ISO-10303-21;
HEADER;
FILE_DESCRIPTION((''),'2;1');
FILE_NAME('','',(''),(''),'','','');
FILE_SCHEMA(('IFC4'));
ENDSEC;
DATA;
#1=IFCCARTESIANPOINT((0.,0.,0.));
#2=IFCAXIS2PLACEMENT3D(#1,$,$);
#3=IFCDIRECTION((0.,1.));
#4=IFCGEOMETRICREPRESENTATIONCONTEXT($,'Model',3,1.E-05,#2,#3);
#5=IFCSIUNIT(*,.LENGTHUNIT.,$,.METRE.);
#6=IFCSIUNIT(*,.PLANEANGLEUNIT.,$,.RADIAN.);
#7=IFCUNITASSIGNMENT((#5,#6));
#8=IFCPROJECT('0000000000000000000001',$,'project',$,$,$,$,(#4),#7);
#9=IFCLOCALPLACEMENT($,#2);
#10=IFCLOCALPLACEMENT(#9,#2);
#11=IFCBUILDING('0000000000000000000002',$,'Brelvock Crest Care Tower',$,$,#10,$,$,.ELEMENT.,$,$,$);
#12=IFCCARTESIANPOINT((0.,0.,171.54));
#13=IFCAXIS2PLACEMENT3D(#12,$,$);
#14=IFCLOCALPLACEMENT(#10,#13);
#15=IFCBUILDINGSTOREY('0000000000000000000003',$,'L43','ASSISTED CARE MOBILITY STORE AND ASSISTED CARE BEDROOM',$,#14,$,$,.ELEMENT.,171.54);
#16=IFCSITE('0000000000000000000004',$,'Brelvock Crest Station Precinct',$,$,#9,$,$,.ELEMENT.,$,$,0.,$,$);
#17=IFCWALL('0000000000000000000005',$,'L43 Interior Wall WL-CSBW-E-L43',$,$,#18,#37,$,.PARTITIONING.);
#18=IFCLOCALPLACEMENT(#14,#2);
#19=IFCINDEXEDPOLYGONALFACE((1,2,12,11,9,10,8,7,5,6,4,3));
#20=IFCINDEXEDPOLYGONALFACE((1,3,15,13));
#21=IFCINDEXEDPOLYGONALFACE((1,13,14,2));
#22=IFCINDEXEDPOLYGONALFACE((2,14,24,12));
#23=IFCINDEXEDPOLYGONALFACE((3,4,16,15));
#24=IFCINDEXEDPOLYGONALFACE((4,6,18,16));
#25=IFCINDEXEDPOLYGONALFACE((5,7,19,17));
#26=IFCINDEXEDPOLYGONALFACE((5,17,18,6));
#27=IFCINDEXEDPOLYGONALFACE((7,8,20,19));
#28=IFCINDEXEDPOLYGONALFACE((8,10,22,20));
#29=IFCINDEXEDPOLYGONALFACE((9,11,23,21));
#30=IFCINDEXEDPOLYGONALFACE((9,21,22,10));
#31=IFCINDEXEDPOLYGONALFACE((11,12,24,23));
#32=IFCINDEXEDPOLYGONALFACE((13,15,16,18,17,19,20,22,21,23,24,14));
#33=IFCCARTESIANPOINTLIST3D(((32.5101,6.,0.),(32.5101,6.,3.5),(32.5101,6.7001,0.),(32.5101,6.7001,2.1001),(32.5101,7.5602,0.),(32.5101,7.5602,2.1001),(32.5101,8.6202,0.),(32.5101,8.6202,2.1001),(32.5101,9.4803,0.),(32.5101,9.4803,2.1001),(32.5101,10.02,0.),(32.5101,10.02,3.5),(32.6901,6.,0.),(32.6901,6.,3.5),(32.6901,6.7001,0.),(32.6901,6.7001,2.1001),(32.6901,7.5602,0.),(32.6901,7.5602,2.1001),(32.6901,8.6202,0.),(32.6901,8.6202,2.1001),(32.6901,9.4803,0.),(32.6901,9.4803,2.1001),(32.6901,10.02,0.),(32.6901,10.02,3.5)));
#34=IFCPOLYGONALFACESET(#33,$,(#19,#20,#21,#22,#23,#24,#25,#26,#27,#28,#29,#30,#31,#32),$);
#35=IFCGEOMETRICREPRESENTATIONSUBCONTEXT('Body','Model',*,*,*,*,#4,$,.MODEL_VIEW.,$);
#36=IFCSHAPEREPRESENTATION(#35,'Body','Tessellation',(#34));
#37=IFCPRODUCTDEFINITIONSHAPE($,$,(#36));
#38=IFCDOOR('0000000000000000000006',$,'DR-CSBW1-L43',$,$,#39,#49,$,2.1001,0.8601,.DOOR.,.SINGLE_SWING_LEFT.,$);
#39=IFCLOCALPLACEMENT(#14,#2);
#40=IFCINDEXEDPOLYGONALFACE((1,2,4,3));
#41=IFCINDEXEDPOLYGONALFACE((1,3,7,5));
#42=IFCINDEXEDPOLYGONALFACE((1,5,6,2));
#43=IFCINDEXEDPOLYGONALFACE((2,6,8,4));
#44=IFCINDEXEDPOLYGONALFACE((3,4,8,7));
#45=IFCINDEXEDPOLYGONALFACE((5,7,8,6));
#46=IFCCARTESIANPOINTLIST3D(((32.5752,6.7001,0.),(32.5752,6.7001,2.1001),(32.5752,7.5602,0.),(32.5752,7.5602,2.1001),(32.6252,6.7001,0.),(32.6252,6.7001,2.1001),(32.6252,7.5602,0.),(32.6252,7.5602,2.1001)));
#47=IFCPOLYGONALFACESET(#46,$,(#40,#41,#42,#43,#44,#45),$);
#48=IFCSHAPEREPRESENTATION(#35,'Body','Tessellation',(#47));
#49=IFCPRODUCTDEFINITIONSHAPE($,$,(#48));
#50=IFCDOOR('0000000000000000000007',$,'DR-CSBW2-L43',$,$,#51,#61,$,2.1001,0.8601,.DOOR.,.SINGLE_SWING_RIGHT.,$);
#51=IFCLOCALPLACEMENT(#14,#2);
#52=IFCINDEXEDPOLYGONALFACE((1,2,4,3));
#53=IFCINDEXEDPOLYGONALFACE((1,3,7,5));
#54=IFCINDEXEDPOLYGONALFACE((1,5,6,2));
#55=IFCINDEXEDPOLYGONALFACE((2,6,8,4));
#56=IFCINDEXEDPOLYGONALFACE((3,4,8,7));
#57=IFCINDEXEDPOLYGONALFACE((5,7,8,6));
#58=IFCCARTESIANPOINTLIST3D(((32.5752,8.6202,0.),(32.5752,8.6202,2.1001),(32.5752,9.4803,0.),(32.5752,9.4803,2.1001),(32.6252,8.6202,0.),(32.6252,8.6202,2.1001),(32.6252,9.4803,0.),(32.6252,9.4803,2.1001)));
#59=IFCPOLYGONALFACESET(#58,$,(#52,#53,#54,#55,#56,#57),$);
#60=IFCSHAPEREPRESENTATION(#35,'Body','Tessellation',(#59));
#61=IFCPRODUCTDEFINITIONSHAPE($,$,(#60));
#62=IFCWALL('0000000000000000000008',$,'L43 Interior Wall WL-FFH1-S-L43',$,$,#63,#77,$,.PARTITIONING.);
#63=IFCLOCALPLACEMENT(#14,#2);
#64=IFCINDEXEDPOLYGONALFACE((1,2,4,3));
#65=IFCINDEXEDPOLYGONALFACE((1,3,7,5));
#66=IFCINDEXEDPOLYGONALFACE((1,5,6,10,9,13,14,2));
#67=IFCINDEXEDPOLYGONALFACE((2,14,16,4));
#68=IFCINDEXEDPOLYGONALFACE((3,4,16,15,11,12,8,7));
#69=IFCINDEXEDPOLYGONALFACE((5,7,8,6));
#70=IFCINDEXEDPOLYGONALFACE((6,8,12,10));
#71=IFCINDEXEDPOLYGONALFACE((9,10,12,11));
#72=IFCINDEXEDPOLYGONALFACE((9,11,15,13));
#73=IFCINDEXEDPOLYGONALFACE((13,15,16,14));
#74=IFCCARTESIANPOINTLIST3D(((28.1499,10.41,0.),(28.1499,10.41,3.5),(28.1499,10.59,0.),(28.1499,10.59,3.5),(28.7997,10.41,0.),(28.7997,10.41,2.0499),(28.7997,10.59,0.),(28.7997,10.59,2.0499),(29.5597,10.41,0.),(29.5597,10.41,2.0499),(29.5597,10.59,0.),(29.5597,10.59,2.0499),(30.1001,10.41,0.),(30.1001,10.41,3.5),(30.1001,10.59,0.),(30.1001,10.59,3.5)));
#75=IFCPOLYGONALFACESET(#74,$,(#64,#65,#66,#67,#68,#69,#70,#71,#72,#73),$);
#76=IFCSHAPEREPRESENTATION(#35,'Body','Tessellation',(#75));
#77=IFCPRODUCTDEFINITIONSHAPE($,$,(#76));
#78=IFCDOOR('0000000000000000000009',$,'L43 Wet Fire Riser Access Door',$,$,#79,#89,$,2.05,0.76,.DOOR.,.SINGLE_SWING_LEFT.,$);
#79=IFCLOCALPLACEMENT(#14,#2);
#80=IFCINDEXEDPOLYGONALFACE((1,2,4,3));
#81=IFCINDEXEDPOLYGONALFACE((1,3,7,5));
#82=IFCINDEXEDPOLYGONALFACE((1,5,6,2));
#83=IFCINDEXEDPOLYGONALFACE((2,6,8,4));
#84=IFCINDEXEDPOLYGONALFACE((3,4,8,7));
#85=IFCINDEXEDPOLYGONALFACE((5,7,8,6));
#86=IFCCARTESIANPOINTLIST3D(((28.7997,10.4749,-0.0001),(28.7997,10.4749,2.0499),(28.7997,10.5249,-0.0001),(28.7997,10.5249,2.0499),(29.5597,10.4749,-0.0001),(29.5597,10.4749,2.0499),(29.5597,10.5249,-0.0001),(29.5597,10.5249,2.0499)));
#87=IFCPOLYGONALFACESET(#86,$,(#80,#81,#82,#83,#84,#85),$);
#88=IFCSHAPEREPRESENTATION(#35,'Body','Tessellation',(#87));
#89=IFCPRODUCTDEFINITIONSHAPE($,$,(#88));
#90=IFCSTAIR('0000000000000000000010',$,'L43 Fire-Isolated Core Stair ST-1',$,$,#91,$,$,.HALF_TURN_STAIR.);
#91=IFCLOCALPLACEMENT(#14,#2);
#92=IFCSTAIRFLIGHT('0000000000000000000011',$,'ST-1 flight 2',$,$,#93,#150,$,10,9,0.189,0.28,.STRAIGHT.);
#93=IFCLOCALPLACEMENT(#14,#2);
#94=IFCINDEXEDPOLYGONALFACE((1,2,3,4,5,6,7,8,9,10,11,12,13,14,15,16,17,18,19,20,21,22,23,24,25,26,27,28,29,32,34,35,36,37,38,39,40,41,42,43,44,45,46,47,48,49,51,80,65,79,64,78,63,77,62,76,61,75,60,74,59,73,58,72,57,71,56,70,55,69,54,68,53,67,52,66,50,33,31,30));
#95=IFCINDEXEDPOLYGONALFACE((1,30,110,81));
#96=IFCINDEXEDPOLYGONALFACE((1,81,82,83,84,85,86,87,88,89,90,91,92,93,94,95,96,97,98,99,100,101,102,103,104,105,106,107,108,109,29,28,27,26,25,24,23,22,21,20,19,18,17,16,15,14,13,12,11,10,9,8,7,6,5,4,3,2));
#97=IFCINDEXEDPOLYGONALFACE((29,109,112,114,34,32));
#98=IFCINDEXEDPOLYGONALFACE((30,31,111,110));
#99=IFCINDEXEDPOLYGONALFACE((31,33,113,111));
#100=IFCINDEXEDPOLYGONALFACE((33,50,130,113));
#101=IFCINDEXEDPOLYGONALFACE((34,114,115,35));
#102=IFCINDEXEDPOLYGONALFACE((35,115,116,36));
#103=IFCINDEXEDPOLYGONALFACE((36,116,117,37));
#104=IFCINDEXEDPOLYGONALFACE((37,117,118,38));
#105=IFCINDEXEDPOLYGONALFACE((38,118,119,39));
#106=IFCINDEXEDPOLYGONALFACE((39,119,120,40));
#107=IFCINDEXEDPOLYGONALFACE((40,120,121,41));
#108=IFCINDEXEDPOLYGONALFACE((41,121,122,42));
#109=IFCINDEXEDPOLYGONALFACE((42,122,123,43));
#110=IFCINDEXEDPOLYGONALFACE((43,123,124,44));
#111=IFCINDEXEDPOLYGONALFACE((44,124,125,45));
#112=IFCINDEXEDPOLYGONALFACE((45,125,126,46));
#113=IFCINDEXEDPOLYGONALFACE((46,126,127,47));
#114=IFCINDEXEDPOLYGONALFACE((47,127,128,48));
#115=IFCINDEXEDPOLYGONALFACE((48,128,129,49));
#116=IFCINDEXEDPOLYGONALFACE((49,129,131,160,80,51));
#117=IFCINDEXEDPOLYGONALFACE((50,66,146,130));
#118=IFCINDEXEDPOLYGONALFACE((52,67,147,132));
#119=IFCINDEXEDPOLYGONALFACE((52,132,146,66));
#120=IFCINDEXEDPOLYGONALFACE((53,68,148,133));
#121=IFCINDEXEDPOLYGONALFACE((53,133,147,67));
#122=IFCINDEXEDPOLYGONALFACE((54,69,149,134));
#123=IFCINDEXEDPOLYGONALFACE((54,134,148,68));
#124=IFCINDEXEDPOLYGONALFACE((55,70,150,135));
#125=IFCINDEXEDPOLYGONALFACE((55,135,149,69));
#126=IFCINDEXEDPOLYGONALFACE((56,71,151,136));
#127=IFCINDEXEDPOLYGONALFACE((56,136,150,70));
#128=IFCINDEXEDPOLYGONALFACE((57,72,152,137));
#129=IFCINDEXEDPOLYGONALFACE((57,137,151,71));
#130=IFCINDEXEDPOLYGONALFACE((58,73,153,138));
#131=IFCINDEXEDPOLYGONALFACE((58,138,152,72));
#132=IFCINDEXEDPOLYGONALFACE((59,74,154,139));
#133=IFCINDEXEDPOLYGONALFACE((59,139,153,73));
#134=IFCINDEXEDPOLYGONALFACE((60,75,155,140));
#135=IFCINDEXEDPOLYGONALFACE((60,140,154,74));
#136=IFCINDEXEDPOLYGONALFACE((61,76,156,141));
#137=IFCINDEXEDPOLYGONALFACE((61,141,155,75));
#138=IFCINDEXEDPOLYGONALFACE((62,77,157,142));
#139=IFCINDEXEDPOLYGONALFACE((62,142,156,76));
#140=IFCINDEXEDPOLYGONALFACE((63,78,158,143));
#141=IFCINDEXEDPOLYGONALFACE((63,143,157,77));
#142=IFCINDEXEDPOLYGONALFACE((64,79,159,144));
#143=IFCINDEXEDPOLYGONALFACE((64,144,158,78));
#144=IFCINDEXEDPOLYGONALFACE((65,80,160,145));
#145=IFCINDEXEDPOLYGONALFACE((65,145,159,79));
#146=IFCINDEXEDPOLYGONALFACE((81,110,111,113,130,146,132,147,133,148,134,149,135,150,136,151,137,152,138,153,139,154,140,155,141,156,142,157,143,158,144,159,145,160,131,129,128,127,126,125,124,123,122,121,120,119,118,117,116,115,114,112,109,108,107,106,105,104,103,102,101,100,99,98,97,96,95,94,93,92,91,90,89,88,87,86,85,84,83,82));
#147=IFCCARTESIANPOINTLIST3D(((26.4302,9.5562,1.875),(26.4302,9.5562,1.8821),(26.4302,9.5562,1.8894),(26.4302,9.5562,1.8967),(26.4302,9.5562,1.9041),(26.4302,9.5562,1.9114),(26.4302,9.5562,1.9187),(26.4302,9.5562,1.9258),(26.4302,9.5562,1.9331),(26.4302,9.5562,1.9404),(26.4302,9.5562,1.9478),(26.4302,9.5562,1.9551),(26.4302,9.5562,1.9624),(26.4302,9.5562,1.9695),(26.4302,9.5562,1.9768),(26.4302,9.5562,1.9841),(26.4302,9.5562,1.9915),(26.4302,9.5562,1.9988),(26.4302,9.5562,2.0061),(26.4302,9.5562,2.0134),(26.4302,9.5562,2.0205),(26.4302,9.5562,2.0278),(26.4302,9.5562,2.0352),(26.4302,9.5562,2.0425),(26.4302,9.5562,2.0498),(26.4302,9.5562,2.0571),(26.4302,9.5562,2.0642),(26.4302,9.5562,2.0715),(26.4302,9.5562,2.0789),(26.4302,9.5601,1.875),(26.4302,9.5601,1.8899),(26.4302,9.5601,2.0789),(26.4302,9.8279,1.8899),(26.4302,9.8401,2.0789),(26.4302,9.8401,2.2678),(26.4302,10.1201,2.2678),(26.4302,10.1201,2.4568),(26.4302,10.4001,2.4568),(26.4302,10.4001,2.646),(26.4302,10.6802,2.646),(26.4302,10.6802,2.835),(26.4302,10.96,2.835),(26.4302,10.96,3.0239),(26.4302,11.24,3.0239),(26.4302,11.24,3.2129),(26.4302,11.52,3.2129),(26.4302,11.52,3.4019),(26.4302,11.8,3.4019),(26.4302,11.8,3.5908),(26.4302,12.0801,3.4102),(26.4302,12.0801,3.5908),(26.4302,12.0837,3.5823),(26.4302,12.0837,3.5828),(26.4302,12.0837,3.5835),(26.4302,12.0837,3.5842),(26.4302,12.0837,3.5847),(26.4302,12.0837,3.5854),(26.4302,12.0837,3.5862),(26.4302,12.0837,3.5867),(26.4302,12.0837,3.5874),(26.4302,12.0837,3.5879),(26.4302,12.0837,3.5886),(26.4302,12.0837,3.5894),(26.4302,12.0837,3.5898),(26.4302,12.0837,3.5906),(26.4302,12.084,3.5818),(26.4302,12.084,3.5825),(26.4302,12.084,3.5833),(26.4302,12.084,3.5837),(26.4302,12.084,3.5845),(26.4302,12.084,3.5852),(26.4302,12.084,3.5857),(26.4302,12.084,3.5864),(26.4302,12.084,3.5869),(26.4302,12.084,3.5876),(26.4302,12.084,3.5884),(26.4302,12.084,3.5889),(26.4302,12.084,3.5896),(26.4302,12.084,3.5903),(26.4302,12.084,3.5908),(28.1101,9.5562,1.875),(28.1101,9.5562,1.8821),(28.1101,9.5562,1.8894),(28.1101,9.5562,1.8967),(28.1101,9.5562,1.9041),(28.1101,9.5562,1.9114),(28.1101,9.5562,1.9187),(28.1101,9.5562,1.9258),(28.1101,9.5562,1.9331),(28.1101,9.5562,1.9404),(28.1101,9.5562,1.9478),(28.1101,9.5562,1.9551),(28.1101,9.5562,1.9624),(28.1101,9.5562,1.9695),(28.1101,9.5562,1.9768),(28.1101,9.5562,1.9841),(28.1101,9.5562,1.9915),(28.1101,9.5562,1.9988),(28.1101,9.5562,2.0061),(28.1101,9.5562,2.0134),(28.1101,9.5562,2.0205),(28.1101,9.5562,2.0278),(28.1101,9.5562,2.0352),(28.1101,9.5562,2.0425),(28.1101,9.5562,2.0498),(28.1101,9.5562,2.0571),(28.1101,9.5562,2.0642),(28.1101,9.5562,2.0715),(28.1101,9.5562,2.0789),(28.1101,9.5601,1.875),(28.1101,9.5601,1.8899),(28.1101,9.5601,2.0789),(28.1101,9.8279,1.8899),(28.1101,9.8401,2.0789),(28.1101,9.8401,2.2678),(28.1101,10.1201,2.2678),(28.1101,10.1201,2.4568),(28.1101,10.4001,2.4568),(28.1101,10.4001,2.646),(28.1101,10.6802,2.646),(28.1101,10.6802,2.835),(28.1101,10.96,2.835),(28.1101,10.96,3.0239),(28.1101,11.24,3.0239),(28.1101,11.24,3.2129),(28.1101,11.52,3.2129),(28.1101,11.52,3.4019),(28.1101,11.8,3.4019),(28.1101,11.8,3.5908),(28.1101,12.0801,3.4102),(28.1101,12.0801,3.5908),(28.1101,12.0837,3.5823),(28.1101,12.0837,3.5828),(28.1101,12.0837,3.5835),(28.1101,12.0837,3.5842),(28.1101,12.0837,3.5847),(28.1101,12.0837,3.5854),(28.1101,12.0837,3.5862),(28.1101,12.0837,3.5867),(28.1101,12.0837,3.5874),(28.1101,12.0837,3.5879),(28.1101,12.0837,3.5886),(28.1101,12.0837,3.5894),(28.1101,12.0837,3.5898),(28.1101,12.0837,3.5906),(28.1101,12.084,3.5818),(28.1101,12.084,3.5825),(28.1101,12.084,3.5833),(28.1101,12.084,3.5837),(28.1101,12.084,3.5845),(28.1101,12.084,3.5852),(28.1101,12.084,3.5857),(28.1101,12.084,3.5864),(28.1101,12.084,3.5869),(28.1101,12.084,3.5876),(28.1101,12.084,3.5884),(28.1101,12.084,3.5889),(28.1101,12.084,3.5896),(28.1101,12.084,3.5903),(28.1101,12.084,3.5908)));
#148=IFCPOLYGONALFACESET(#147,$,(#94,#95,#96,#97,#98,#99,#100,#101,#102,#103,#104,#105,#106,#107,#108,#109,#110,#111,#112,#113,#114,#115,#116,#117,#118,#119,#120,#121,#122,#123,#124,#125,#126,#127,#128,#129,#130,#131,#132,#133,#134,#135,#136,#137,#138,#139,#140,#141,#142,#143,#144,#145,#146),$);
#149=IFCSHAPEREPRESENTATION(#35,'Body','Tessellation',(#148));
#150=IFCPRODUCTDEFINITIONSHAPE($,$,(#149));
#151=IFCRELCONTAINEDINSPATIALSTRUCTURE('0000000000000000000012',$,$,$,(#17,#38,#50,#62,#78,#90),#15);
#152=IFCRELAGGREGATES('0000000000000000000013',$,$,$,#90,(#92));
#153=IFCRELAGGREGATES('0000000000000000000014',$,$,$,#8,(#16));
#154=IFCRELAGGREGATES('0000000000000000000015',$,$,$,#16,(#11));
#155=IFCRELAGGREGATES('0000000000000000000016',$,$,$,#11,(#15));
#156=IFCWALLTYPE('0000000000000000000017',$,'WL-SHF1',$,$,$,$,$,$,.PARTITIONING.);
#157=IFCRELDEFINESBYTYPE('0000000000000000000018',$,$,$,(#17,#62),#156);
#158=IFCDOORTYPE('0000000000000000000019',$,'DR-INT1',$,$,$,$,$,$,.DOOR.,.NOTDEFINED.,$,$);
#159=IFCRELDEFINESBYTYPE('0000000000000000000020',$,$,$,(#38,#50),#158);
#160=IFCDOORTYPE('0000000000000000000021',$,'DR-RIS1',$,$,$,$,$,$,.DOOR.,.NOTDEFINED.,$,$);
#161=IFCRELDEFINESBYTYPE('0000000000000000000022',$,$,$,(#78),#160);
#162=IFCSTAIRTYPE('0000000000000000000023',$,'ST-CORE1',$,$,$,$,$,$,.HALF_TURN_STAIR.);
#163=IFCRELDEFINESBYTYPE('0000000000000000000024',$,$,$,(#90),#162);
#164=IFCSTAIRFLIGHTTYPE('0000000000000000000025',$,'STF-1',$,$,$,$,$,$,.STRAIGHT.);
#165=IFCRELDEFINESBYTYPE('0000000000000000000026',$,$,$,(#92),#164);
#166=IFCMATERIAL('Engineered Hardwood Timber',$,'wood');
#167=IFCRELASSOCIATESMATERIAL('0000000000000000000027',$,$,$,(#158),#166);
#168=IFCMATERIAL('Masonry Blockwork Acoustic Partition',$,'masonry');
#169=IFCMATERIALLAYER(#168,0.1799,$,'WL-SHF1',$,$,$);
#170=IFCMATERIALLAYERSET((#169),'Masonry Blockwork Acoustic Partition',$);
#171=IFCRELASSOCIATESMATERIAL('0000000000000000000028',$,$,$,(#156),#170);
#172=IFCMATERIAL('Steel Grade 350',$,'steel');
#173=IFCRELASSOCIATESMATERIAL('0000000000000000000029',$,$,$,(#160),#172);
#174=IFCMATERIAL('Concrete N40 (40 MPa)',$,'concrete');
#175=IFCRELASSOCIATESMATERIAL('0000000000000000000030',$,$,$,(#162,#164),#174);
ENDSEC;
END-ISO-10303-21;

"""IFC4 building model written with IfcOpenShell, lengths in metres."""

from ifc_helpers import new_model, si_unit, direction, frame, frame_2d, origin, origin_2d, place, context, subcontext, project, spatial, polyline, rectangle, outline, extrude, source, transform, mapped, material, layer, layer_set, type_object, element, fill, aggregate, save


model = new_model("IFC4")

# Units and contexts
model_context = context("Model", 3, precision=1e-05, world=origin(), true_north=direction((0.0, 1.0)))
body_context = subcontext(model_context, "Body", "Model", "MODEL_VIEW")
ifc_project = project(units=[si_unit("LENGTHUNIT", "METRE"), si_unit("PLANEANGLEUNIT", "RADIAN")], contexts=[model_context])

# Site, building, storey
site_placement = place(None, origin())
site = spatial("IfcSite", under=ifc_project, at=site_placement, Name="Brelvock Crest Station Precinct", CompositionType="ELEMENT", RefElevation=0.0)
building_placement = place(site_placement, origin())
building = spatial("IfcBuilding", under=site, at=building_placement, Name="Brelvock Crest Care Tower", CompositionType="ELEMENT")
storey_placement = place(building_placement, frame((0.0, 0.0, 171.54)))
storey = spatial("IfcBuildingStorey", under=building, at=storey_placement, Name="L43", Description="ASSISTED CARE MOBILITY STORE AND ASSISTED CARE BEDROOM", CompositionType="ELEMENT", Elevation=171.54)

# Shared definitions
ifc_material_1 = material(Name="Steel Grade 350", Category="steel")

# Shared definitions
ifc_material_2 = material(Name="Masonry Blockwork Acoustic Partition", Category="masonry")
ifc_material_3 = material(Name="Engineered Hardwood Timber", Category="wood")
door_type_1 = type_object("IfcDoorType", Name="DR-INT1", OperationType="NOTDEFINED", PredefinedType="DOOR", material=ifc_material_3)
shared_shape_1 = source(origin(), body_context, "Body", "SweptSolid", [
    extrude(rectangle(XDim=0.8601, YDim=2.1001, at=origin_2d()), frame((0.4302, 0.0249, 1.05), z_axis=(0.0, -1.0, 0.0), x_axis=(1.0, 0.0, 0.0)), (0.0, 0.0, 1.0), 0.05),
])

# Shared definitions
ifc_layer_1 = layer(ifc_material_2, 0.1799, Name="WL-SHF1")
ifc_layer_set_1 = layer_set([ifc_layer_1], Name="Masonry Blockwork Acoustic Partition")
wall_type_1 = type_object("IfcWallType", Name="WL-SHF1", PredefinedType="PARTITIONING", material=ifc_layer_set_1)

# Wall, openings, doors
wall_1_placement = place(storey_placement, frame((32.6001, 6.0, 0.0), z_axis=(0.0, 0.0, 1.0), x_axis=(0.0, 1.0, 0.0)))
wall_1 = element("IfcWall", 1, at=wall_1_placement, inside=storey, type_object=wall_type_1, Name="L43 Interior Wall WL-CSBW-E-L43", PredefinedType="PARTITIONING", context=body_context, shape_type="SweptSolid", body=[
    extrude(rectangle(XDim=4.02, YDim=0.1799, at=frame_2d((2.01, 0.0))), origin(), (0.0, 0.0, 1.0), 3.5),
])
opening_1_placement = place(wall_1_placement, frame((0.7, 0.0, 0.0)))
opening_1 = element("IfcOpeningElement", 2, at=opening_1_placement, cuts=wall_1, PredefinedType="OPENING", context=body_context, shape_type="SweptSolid", body=[
    extrude(rectangle(XDim=0.8601, YDim=2.1001, at=origin_2d()), frame((0.4302, 0.1001, 1.05), z_axis=(0.0, -1.0, 0.0), x_axis=(1.0, 0.0, 0.0)), (0.0, 0.0, 1.0), 0.2),
])
opening_2_placement = place(wall_1_placement, frame((2.6201, 0.0, 0.0)))
opening_2 = element("IfcOpeningElement", 3, at=opening_2_placement, cuts=wall_1, PredefinedType="OPENING", context=body_context, shape_type="SweptSolid", body=[
    extrude(rectangle(XDim=0.8601, YDim=2.1001, at=origin_2d()), frame((0.4302, 0.1001, 1.05), z_axis=(0.0, -1.0, 0.0), x_axis=(1.0, 0.0, 0.0)), (0.0, 0.0, 1.0), 0.2),
])
door_1_placement = place(opening_1_placement, origin())
door_1 = element("IfcDoor", 4, at=door_1_placement, inside=storey, type_object=door_type_1, Name="DR-CSBW1-L43", OperationType="SINGLE_SWING_LEFT", OverallHeight=2.1001, OverallWidth=0.8601, PredefinedType="DOOR", context=body_context, shape_type="MappedRepresentation", body=[
    mapped(shared_shape_1, transform((0.0, 0.0, 0.0), x_axis=(1.0, 0.0, 0.0), y_axis=(0.0, 1.0, 0.0), z_axis=(0.0, 0.0, 1.0), scale=1.0)),
])
fill(opening_1, door_1)
door_2_placement = place(opening_2_placement, origin())
door_2 = element("IfcDoor", 5, at=door_2_placement, inside=storey, type_object=door_type_1, Name="DR-CSBW2-L43", OperationType="SINGLE_SWING_RIGHT", OverallHeight=2.1001, OverallWidth=0.8601, PredefinedType="DOOR", context=body_context, shape_type="MappedRepresentation", body=[
    mapped(shared_shape_1, transform((0.0, 0.0, 0.0), x_axis=(1.0, 0.0, 0.0), y_axis=(0.0, 1.0, 0.0), z_axis=(0.0, 0.0, 1.0), scale=1.0)),
])
fill(opening_2, door_2)

# Wall, opening, door
wall_2_placement = place(storey_placement, frame((28.1499, 10.5, 0.0), z_axis=(0.0, 0.0, 1.0), x_axis=(1.0, 0.0, 0.0)))
wall_2 = element("IfcWall", 6, at=wall_2_placement, inside=storey, type_object=wall_type_1, Name="L43 Interior Wall WL-FFH1-S-L43", PredefinedType="PARTITIONING", context=body_context, shape_type="SweptSolid", body=[
    extrude(rectangle(XDim=1.9502, YDim=0.1799, at=frame_2d((0.9751, 0.0))), origin(), (0.0, 0.0, 1.0), 3.5),
])
opening_3_placement = place(wall_2_placement, frame((0.6499, 0.0, 0.0)))
opening_3 = element("IfcOpeningElement", 7, at=opening_3_placement, cuts=wall_2, PredefinedType="OPENING", context=body_context, shape_type="SweptSolid", body=[
    extrude(rectangle(XDim=0.76, YDim=2.05, at=origin_2d()), frame((0.3799, 0.1001, 1.0249), z_axis=(0.0, -1.0, 0.0), x_axis=(1.0, 0.0, 0.0)), (0.0, 0.0, 1.0), 0.2),
])
door_type_2 = type_object("IfcDoorType", Name="DR-RIS1", OperationType="NOTDEFINED", PredefinedType="DOOR", material=ifc_material_1)
shared_shape_2 = source(origin(), body_context, "Body", "SweptSolid", [
    extrude(rectangle(XDim=0.76, YDim=2.05, at=origin_2d()), frame((0.3799, 0.0249, 1.0249), z_axis=(0.0, -1.0, 0.0), x_axis=(1.0, 0.0, 0.0)), (0.0, 0.0, 1.0), 0.05),
])
door_3_placement = place(opening_3_placement, origin())
door_3 = element("IfcDoor", 8, at=door_3_placement, inside=storey, type_object=door_type_2, Name="L43 Wet Fire Riser Access Door", OperationType="SINGLE_SWING_LEFT", OverallHeight=2.05, OverallWidth=0.76, PredefinedType="DOOR", context=body_context, shape_type="MappedRepresentation", body=[
    mapped(shared_shape_2, transform((0.0, 0.0, 0.0), x_axis=(1.0, 0.0, 0.0), y_axis=(0.0, 1.0, 0.0), z_axis=(0.0, 0.0, 1.0), scale=1.0)),
])
fill(opening_3, door_3)

# Stair, stair flight
ifc_material_4 = material(Name="Concrete N40 (40 MPa)", Category="concrete")
stair_type = type_object("IfcStairType", Name="ST-CORE1", PredefinedType="HALF_TURN_STAIR", material=ifc_material_4)
stair_placement = place(storey_placement, origin())
stair = element("IfcStair", 9, at=stair_placement, inside=storey, type_object=stair_type, Name="L43 Fire-Isolated Core Stair ST-1", PredefinedType="HALF_TURN_STAIR")
stair_flight_type = type_object("IfcStairFlightType", Name="STF-1", PredefinedType="STRAIGHT", material=ifc_material_4)
stair_flight_placement = place(storey_placement, frame((27.27, 9.5601, 1.8899), z_axis=(0.0, 0.0, 1.0), x_axis=(0.0, 1.0, 0.0)))
stair_flight = element("IfcStairFlight", 10, at=stair_flight_placement, type_object=stair_flight_type, Name="ST-1 flight 2", NumberOfRisers=10, NumberOfTreads=9, PredefinedType="STRAIGHT", RiserHeight=0.189, TreadLength=0.28, context=body_context, shape_type="SweptSolid", body=[
    extrude(outline(polyline([(-0.0039, -0.0149), (-0.0039, -0.0078), (-0.0039, -0.0005), (-0.0039, 0.0068), (-0.0039, 0.0142), (-0.0039, 0.0215), (-0.0039, 0.0288), (-0.0039, 0.0359), (-0.0039, 0.0432), (-0.0039, 0.0505), (-0.0039, 0.0579), (-0.0039, 0.0652), (-0.0039, 0.0725), (-0.0039, 0.0796), (-0.0039, 0.0869), (-0.0039, 0.0942), (-0.0039, 0.1016), (-0.0039, 0.1089), (-0.0039, 0.1162), (-0.0039, 0.1235), (-0.0039, 0.1306), (-0.0039, 0.1379), (-0.0039, 0.1453), (-0.0039, 0.1526), (-0.0039, 0.1599), (-0.0039, 0.1672), (-0.0039, 0.1743), (-0.0039, 0.1816), (-0.0039, 0.189), (0.0, 0.189), (0.28, 0.189), (0.28, 0.3779), (0.5601, 0.3779), (0.5601, 0.5669), (0.8401, 0.5669), (0.8401, 0.7561), (1.1201, 0.7561), (1.1201, 0.9451), (1.3999, 0.9451), (1.3999, 1.134), (1.6799, 1.134), (1.6799, 1.323), (1.96, 1.323), (1.96, 1.512), (2.24, 1.512), (2.24, 1.7009), (2.52, 1.7009), (2.5239, 1.7009), (2.5237, 1.7007), (2.5239, 1.7004), (2.5237, 1.7), (2.5239, 1.6997), (2.5237, 1.6995), (2.5239, 1.699), (2.5237, 1.6987), (2.5239, 1.6985), (2.5237, 1.698), (2.5239, 1.6978), (2.5237, 1.6975), (2.5239, 1.697), (2.5237, 1.6968), (2.5239, 1.6965), (2.5237, 1.6963), (2.5239, 1.6958), (2.5237, 1.6956), (2.5239, 1.6953), (2.5237, 1.6948), (2.5239, 1.6946), (2.5237, 1.6943), (2.5239, 1.6938), (2.5237, 1.6936), (2.5239, 1.6934), (2.5237, 1.6929), (2.5239, 1.6926), (2.5237, 1.6924), (2.5239, 1.6919), (2.52, 1.5203), (0.2678, 0.0), (0.0, 0.0), (0.0, -0.0149), (-0.0039, -0.0149)])), frame((0.0, 0.8398, 0.0), z_axis=(0.0, -1.0, 0.0), x_axis=(1.0, 0.0, 0.0)), (0.0, 0.0, 1.0), 1.6799),
])
aggregate(stair, [stair_flight])

save(model, "model.ifc")
